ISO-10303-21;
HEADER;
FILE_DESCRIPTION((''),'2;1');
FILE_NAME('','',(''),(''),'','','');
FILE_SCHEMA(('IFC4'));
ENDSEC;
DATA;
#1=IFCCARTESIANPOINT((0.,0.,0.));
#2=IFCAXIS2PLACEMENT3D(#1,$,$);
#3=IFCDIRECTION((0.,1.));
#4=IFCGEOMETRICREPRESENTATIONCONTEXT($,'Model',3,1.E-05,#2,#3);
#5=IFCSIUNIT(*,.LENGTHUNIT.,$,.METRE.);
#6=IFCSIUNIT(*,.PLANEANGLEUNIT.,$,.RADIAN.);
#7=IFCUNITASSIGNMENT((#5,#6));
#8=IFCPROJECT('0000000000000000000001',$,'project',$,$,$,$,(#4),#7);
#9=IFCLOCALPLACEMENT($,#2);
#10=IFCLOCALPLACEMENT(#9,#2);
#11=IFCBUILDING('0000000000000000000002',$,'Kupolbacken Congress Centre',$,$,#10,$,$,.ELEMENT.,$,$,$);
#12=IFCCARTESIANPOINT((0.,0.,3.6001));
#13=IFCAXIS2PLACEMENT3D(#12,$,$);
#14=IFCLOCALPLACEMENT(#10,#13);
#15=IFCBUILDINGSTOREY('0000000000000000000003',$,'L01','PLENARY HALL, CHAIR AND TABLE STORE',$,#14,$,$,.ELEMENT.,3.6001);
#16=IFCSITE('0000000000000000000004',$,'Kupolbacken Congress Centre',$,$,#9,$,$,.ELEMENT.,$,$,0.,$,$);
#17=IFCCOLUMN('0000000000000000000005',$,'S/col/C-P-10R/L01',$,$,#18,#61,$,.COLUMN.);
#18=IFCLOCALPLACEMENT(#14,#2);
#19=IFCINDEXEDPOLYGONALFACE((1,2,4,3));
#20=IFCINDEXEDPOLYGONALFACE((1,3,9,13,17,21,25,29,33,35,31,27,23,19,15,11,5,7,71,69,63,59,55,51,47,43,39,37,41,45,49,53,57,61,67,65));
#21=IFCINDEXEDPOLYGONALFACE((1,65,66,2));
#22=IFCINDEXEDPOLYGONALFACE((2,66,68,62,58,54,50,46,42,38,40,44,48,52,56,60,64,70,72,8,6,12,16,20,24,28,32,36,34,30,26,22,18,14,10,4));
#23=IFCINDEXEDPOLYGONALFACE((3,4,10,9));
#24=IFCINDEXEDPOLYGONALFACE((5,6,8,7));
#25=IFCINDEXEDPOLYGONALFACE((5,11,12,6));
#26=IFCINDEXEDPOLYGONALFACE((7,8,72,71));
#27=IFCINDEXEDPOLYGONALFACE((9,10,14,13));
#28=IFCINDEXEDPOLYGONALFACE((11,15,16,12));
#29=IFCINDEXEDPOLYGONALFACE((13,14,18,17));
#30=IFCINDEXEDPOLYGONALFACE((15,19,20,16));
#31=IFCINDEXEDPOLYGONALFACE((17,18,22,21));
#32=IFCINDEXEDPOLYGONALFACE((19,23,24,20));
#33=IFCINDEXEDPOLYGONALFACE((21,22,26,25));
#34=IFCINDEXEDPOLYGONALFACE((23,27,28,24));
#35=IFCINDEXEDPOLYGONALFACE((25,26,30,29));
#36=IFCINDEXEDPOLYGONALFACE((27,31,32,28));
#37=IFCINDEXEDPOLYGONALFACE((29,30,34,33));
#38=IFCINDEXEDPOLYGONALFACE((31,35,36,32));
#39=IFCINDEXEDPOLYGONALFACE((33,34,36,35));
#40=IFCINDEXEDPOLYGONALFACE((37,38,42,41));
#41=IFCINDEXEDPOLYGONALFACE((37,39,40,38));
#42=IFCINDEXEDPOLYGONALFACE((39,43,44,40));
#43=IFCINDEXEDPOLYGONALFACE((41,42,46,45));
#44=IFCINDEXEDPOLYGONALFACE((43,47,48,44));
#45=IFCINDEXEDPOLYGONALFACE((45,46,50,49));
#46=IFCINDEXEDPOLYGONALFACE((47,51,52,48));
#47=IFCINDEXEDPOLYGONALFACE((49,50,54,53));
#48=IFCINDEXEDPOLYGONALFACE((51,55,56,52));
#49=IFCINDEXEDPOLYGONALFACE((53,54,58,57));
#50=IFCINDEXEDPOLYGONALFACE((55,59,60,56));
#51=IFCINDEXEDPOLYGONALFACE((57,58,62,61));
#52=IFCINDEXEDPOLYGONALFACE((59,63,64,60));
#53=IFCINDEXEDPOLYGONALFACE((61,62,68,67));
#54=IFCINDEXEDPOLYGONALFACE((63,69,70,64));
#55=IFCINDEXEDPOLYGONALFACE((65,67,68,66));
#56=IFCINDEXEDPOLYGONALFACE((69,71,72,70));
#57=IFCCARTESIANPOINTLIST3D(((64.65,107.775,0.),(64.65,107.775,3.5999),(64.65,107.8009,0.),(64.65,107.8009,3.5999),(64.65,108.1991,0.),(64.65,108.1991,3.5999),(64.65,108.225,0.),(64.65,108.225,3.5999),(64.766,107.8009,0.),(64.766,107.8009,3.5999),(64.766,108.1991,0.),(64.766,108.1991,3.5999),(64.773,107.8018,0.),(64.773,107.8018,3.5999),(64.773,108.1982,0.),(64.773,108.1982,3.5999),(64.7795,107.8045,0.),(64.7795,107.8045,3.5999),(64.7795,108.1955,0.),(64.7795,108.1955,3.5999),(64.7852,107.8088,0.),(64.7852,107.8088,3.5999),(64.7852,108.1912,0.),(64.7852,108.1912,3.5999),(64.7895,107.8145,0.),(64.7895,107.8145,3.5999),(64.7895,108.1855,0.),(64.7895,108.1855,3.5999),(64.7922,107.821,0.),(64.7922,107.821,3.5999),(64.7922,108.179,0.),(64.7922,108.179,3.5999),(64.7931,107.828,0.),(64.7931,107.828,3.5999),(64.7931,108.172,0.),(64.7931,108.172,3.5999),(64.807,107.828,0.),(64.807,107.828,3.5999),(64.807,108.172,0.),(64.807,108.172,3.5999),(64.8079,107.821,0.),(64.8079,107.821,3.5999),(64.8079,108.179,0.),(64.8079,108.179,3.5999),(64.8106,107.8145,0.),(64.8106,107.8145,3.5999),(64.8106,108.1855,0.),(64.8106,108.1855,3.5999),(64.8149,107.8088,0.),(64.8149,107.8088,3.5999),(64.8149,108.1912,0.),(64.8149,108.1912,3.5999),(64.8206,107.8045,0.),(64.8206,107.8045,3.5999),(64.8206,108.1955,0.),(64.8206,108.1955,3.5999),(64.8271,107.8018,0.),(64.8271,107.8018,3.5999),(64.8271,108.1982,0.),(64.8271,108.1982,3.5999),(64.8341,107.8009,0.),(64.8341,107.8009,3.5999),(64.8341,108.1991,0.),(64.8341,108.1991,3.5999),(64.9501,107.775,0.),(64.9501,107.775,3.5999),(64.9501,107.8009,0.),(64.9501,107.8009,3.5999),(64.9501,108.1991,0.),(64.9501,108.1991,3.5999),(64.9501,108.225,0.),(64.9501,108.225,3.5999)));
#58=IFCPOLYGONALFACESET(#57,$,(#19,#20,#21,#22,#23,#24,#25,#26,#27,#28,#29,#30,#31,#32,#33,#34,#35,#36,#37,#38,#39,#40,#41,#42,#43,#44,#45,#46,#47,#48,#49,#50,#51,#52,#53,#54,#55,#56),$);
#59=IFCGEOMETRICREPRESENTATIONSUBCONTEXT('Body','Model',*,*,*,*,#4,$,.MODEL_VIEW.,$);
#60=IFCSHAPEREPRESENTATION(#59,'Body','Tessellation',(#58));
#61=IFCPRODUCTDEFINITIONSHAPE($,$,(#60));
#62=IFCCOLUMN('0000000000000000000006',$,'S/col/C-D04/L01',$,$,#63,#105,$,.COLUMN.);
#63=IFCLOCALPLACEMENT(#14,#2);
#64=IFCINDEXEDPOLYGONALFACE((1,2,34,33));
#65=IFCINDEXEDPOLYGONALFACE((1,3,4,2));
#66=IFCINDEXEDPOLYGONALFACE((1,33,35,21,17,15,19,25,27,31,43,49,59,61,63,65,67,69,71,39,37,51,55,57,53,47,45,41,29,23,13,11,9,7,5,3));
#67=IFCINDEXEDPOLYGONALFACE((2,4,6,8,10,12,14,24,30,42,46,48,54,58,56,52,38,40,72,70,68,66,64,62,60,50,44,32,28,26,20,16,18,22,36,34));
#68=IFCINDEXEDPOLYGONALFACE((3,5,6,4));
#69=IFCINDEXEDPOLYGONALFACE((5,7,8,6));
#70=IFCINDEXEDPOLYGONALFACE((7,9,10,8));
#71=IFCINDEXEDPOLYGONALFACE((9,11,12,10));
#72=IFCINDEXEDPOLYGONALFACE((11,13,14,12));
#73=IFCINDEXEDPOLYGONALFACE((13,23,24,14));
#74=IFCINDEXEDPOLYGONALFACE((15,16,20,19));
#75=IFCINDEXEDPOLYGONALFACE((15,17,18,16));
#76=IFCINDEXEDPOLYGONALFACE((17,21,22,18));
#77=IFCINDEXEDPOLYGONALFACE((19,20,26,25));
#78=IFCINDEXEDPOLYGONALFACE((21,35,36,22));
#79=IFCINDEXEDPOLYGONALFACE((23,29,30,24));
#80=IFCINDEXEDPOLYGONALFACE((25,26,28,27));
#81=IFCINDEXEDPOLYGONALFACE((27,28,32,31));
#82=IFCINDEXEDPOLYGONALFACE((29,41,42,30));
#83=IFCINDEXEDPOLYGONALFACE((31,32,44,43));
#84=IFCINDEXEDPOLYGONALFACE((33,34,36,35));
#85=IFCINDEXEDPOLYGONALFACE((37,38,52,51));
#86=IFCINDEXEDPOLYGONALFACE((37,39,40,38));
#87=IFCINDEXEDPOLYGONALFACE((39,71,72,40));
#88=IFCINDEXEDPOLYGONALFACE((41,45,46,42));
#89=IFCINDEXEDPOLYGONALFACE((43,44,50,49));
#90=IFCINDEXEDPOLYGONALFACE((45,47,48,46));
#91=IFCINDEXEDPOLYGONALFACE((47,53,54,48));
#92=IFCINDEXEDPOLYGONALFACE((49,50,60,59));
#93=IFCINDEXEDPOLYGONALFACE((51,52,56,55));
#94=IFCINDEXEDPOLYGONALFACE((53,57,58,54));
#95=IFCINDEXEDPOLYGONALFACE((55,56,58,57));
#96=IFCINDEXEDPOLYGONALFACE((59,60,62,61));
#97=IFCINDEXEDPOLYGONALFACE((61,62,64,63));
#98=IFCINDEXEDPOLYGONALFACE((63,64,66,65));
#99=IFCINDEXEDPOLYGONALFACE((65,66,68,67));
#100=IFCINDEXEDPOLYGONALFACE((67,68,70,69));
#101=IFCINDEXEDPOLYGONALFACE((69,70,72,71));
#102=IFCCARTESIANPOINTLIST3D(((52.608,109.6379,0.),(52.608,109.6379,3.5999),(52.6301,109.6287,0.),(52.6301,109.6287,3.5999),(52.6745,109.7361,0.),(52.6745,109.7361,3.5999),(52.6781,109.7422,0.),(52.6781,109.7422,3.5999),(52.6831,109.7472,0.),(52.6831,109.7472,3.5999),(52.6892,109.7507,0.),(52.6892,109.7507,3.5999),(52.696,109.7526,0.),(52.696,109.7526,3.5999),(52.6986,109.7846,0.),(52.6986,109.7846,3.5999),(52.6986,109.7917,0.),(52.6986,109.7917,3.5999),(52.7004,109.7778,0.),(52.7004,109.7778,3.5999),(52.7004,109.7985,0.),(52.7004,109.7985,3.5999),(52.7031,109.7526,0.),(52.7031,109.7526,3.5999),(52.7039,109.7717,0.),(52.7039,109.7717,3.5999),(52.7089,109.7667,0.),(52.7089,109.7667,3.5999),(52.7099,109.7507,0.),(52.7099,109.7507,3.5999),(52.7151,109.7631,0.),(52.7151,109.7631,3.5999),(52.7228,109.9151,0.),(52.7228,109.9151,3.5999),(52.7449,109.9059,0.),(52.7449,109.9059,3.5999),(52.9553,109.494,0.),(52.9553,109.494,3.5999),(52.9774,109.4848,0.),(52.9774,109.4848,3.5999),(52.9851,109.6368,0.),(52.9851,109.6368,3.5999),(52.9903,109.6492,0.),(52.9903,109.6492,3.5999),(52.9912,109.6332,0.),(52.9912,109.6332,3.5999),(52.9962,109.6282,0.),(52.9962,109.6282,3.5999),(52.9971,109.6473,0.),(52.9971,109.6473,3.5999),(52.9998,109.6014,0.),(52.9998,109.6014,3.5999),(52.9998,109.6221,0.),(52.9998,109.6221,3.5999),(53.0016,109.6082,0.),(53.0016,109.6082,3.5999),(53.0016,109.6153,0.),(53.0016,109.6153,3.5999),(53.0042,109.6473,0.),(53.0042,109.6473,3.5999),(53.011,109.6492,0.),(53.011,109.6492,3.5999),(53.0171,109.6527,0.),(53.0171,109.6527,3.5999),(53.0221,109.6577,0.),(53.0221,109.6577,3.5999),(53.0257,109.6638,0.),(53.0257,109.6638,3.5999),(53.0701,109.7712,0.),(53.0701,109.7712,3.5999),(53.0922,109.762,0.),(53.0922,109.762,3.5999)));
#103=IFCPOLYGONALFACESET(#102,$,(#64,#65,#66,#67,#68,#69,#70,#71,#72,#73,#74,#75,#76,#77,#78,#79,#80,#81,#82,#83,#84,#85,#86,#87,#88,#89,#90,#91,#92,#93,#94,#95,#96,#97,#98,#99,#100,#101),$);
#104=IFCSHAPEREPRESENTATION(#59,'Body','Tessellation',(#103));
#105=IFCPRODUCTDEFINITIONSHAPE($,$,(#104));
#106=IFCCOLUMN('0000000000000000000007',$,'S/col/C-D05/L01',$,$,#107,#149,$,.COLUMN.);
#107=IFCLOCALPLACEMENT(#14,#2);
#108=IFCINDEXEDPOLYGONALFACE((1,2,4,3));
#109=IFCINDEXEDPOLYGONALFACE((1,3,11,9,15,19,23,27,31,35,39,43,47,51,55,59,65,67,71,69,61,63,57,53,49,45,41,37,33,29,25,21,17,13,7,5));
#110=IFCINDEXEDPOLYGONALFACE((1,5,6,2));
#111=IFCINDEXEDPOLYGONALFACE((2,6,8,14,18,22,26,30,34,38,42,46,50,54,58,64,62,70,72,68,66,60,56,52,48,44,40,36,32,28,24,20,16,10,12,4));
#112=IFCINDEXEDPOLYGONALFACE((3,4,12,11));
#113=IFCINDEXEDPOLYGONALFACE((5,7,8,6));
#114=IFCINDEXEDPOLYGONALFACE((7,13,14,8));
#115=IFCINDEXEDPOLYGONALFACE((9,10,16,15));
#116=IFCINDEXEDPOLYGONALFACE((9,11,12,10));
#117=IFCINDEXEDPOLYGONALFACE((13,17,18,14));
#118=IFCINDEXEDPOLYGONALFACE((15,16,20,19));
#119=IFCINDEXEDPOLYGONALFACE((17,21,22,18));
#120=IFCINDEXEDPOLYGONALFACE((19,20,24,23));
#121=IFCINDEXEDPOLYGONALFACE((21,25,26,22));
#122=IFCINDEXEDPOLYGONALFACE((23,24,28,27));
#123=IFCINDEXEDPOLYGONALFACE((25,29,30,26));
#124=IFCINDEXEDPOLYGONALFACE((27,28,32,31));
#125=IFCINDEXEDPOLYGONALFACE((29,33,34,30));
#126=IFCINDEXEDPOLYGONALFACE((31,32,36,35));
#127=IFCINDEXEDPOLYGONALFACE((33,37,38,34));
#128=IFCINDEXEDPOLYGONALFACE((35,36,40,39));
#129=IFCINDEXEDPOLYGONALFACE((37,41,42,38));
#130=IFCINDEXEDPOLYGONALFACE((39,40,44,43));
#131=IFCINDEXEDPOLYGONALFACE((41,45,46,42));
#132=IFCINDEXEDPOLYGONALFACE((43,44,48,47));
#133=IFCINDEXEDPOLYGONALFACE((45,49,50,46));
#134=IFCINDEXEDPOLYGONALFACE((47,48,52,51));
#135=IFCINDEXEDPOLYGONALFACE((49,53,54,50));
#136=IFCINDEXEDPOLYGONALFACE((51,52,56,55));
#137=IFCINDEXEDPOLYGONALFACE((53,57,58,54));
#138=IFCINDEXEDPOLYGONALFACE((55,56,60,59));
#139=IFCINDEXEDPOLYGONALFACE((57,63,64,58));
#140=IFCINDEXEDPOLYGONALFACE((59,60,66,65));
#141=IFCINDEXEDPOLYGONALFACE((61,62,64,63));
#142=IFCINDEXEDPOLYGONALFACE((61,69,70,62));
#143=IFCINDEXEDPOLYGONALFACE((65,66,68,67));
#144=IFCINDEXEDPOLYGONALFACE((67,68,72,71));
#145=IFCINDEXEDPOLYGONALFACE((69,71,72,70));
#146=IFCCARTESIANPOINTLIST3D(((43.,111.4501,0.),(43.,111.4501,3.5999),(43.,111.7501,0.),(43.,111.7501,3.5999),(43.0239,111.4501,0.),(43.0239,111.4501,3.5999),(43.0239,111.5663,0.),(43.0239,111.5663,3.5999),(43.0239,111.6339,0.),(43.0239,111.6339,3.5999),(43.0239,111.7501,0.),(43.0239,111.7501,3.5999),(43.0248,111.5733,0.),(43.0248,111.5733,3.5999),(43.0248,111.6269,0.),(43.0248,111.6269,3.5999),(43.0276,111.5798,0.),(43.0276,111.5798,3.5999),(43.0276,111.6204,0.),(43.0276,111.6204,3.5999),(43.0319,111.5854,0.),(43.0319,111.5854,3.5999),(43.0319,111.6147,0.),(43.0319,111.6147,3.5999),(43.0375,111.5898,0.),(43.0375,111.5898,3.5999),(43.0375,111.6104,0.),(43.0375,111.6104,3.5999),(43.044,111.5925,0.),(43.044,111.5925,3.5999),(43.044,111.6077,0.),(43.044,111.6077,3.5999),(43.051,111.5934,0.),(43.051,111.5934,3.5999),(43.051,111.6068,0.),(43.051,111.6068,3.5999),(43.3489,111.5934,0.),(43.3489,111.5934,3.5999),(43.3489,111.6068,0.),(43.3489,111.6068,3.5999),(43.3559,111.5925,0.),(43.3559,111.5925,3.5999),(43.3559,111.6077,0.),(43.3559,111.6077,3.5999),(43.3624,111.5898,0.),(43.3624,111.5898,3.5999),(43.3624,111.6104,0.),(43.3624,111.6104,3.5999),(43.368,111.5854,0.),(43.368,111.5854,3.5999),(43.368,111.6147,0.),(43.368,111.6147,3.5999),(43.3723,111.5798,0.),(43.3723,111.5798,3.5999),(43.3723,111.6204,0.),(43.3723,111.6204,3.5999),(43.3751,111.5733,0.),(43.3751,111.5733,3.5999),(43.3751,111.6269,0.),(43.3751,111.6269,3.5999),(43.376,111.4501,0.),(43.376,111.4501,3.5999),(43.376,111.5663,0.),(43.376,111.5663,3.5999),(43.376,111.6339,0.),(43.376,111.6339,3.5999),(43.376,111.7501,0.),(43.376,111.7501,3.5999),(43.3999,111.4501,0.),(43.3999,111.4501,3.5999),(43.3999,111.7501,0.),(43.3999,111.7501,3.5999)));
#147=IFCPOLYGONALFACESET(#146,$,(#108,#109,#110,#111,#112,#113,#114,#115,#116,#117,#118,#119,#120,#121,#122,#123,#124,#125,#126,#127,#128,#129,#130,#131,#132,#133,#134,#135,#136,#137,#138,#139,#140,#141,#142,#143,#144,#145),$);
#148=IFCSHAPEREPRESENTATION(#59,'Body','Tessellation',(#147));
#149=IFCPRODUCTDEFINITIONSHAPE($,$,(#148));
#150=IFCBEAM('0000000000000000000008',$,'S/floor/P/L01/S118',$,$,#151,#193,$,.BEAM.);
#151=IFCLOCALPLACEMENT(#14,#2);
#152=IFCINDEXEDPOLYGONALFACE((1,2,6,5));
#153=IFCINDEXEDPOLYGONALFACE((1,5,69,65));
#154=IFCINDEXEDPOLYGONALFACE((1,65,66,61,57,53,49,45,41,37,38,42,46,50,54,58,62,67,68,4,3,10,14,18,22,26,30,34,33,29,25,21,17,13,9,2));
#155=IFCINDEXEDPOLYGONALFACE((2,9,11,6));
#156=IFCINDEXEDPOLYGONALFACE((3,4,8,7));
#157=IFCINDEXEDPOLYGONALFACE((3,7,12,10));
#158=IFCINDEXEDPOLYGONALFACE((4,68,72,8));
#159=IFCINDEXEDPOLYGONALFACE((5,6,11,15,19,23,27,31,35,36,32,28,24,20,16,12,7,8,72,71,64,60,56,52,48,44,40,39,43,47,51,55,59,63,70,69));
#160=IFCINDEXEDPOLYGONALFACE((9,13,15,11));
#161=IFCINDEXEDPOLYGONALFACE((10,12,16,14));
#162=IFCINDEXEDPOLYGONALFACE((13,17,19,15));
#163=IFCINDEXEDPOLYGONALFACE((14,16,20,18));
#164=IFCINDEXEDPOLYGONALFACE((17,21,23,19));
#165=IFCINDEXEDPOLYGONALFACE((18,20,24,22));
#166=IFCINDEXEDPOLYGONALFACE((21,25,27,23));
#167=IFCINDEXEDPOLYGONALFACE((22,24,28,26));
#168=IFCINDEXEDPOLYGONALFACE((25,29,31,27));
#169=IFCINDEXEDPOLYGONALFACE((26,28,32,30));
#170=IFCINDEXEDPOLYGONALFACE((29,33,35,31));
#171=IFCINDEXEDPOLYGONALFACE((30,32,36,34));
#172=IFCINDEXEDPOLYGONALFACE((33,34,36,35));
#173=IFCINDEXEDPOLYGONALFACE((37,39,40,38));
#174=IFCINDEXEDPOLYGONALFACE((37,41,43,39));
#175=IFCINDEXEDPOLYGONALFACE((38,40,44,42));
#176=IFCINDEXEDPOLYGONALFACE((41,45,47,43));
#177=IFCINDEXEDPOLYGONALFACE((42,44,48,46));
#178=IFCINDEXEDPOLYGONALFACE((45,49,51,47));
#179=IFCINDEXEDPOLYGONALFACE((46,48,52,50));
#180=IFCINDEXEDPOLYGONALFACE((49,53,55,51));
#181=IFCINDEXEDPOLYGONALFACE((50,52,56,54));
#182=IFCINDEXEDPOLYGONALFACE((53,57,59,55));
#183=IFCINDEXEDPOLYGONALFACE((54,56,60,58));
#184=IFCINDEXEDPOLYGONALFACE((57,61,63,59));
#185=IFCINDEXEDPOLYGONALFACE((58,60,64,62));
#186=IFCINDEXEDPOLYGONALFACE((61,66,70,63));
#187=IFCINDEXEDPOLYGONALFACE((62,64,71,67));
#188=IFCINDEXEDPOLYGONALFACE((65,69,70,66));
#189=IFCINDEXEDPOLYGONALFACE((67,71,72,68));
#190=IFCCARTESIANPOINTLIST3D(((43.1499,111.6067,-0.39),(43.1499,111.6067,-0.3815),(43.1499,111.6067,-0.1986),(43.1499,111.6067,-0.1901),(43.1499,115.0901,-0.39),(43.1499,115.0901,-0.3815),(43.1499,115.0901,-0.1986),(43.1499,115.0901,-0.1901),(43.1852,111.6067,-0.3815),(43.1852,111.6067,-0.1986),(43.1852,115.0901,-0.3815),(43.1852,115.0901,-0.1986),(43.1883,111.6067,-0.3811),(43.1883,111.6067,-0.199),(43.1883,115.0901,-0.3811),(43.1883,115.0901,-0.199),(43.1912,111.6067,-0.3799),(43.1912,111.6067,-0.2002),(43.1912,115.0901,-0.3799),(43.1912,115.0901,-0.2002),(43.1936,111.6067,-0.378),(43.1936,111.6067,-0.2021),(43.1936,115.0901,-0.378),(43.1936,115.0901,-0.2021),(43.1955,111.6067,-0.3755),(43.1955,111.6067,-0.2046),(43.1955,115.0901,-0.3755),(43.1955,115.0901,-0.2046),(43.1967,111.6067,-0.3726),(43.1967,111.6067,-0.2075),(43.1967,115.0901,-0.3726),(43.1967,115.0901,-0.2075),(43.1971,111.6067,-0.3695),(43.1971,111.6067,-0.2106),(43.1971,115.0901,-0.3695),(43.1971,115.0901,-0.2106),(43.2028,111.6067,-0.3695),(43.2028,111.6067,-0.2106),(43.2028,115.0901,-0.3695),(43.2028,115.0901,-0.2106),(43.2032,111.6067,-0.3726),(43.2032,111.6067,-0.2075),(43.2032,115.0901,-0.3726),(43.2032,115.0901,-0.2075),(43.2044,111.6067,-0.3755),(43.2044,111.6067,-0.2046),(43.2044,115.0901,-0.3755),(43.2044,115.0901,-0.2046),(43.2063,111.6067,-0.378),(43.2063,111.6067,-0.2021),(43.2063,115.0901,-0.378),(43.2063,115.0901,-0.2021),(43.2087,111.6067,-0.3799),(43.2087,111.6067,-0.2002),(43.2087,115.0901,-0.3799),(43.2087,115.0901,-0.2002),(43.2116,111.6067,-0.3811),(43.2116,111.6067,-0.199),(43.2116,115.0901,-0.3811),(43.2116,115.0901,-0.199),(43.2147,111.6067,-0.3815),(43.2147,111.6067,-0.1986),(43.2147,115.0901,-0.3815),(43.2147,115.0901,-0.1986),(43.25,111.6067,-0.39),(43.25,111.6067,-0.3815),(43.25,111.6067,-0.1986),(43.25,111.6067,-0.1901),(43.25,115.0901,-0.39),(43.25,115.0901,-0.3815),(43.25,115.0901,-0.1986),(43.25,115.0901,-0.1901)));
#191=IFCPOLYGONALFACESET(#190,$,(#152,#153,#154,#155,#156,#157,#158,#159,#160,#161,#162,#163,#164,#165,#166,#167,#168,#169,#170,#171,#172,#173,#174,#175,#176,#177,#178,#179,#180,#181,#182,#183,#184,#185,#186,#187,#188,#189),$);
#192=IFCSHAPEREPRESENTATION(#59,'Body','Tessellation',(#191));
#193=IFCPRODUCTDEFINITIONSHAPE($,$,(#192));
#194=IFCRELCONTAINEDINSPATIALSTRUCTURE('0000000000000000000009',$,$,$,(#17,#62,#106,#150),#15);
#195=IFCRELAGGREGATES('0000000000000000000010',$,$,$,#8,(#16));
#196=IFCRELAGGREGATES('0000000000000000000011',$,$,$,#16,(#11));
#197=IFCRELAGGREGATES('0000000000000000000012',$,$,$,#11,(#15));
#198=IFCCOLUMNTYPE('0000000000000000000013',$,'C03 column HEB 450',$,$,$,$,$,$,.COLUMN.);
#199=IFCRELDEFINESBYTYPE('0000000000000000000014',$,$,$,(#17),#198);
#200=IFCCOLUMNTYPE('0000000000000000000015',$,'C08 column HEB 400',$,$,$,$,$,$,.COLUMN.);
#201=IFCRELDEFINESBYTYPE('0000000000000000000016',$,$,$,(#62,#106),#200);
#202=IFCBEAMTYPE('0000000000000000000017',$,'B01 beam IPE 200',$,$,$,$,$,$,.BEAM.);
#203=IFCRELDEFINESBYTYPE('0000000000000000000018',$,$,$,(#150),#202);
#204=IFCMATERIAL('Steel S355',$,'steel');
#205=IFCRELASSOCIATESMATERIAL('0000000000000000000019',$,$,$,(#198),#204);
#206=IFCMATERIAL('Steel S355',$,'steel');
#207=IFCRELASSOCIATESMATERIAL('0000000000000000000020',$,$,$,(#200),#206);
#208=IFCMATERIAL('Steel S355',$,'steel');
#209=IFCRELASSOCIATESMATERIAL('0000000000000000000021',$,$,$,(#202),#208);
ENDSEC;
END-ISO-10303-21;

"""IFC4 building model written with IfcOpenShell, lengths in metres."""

from ifc_helpers import new_model, si_unit, direction, frame, origin, origin_2d, place, context, subcontext, project, spatial, i_section, extrude, material, material_profile, profile_set, type_object, element, save


model = new_model("IFC4")

# Units and contexts
model_context = context("Model", 3, precision=1e-05, world=origin(), true_north=direction((0.0, 1.0)))
body_context = subcontext(model_context, "Body", "Model", "MODEL_VIEW")
ifc_project = project(units=[si_unit("LENGTHUNIT", "METRE"), si_unit("PLANEANGLEUNIT", "RADIAN")], contexts=[model_context])

# Site, building, storey
site_placement = place(None, origin())
site = spatial("IfcSite", under=ifc_project, at=site_placement, Name="Kupolbacken Congress Centre", CompositionType="ELEMENT", RefElevation=0.0)
building_placement = place(site_placement, origin())
building = spatial("IfcBuilding", under=site, at=building_placement, Name="Kupolbacken Congress Centre", CompositionType="ELEMENT")
storey_placement = place(building_placement, frame((0.0, 0.0, 3.6001)))
storey = spatial("IfcBuildingStorey", under=building, at=storey_placement, Name="L01", Description="PLENARY HALL, CHAIR AND TABLE STORE", CompositionType="ELEMENT", Elevation=3.6001)

# Columns
ifc_material_1 = material(Name="Steel S355", Category="steel")
ifc_material_profile_1 = material_profile(ifc_material_1, i_section(OverallWidth=0.3, OverallDepth=0.45, WebThickness=0.0139, FlangeThickness=0.0259, FilletRadius=0.0271, at=origin_2d()), Name="HEB 450")
ifc_profile_set_1 = profile_set([ifc_material_profile_1], Name="Steel S355")
column_type_1 = type_object("IfcColumnType", Name="C03 column HEB 450", PredefinedType="COLUMN", material=ifc_profile_set_1)
column_placement = place(storey_placement, frame((64.8, 108.0, 0.0), z_axis=(0.0, 0.0, 1.0), x_axis=(1.0, 0.0, 0.0)))
element("IfcColumn", 1, at=column_placement, inside=storey, type_object=column_type_1, Name="S/col/C-P-10R/L01", PredefinedType="COLUMN", context=body_context, shape_type="SweptSolid", body=[
    extrude(i_section(OverallWidth=0.3, OverallDepth=0.45, WebThickness=0.0139, FlangeThickness=0.0259, FilletRadius=0.0271, at=origin_2d()), origin(), (0.0, 0.0, 1.0), 3.5999),
])
ifc_material_2 = material(Name="Steel S355", Category="steel")
ifc_material_profile_2 = material_profile(ifc_material_2, i_section(OverallWidth=0.3, OverallDepth=0.3999, WebThickness=0.0134, FlangeThickness=0.0239, FilletRadius=0.0271, at=origin_2d()), Name="HEB 400")
ifc_profile_set_2 = profile_set([ifc_material_profile_2], Name="Steel S355")
column_type_2 = type_object("IfcColumnType", Name="C08 column HEB 400", PredefinedType="COLUMN", material=ifc_profile_set_2)
for number, where, z_axis, x_axis, name in (
    (2, (52.8501, 109.7, 0.0), (0.0, 0.0, 1.0), (0.382644, 0.923896, 0.0), "S/col/C-D04/L01"),
    (3, (43.2, 111.6001, 0.0), (0.0, 0.0, 1.0), (0.0, 1.0, 0.0), "S/col/C-D05/L01"),
):
    element("IfcColumn", number, at=place(storey_placement, frame(where, z_axis=z_axis, x_axis=x_axis)), inside=storey, type_object=column_type_2, Name=name, PredefinedType="COLUMN", context=body_context, shape_type="SweptSolid", body=[
        extrude(i_section(OverallWidth=0.3, OverallDepth=0.3999, WebThickness=0.0134, FlangeThickness=0.0239, FilletRadius=0.0271, at=origin_2d()), origin(), (0.0, 0.0, 1.0), 3.5999),
    ])

# Beam
ifc_material_3 = material(Name="Steel S355", Category="steel")
ifc_material_profile_3 = material_profile(ifc_material_3, i_section(OverallWidth=0.1001, OverallDepth=0.2, WebThickness=0.0056, FlangeThickness=0.0085, FilletRadius=0.012, at=origin_2d()), Name="IPE 200")
ifc_profile_set_3 = profile_set([ifc_material_profile_3], Name="Steel S355")
beam_type_1 = type_object("IfcBeamType", Name="B01 beam IPE 200", PredefinedType="BEAM", material=ifc_profile_set_3)
beam_1_placement = place(storey_placement, frame((43.2, 111.6067, -0.29), z_axis=(0.0, 1.0, 0.0), x_axis=(-1.0, 0.0, 0.0)))
element("IfcBeam", 4, at=beam_1_placement, inside=storey, type_object=beam_type_1, Name="S/floor/P/L01/S118", PredefinedType="BEAM", context=body_context, shape_type="SweptSolid", body=[
    extrude(i_section(OverallWidth=0.1001, OverallDepth=0.2, WebThickness=0.0056, FlangeThickness=0.0085, FilletRadius=0.012, at=origin_2d()), origin(), (0.0, 0.0, 1.0), 3.4834),
])

save(model, "model.ifc")
